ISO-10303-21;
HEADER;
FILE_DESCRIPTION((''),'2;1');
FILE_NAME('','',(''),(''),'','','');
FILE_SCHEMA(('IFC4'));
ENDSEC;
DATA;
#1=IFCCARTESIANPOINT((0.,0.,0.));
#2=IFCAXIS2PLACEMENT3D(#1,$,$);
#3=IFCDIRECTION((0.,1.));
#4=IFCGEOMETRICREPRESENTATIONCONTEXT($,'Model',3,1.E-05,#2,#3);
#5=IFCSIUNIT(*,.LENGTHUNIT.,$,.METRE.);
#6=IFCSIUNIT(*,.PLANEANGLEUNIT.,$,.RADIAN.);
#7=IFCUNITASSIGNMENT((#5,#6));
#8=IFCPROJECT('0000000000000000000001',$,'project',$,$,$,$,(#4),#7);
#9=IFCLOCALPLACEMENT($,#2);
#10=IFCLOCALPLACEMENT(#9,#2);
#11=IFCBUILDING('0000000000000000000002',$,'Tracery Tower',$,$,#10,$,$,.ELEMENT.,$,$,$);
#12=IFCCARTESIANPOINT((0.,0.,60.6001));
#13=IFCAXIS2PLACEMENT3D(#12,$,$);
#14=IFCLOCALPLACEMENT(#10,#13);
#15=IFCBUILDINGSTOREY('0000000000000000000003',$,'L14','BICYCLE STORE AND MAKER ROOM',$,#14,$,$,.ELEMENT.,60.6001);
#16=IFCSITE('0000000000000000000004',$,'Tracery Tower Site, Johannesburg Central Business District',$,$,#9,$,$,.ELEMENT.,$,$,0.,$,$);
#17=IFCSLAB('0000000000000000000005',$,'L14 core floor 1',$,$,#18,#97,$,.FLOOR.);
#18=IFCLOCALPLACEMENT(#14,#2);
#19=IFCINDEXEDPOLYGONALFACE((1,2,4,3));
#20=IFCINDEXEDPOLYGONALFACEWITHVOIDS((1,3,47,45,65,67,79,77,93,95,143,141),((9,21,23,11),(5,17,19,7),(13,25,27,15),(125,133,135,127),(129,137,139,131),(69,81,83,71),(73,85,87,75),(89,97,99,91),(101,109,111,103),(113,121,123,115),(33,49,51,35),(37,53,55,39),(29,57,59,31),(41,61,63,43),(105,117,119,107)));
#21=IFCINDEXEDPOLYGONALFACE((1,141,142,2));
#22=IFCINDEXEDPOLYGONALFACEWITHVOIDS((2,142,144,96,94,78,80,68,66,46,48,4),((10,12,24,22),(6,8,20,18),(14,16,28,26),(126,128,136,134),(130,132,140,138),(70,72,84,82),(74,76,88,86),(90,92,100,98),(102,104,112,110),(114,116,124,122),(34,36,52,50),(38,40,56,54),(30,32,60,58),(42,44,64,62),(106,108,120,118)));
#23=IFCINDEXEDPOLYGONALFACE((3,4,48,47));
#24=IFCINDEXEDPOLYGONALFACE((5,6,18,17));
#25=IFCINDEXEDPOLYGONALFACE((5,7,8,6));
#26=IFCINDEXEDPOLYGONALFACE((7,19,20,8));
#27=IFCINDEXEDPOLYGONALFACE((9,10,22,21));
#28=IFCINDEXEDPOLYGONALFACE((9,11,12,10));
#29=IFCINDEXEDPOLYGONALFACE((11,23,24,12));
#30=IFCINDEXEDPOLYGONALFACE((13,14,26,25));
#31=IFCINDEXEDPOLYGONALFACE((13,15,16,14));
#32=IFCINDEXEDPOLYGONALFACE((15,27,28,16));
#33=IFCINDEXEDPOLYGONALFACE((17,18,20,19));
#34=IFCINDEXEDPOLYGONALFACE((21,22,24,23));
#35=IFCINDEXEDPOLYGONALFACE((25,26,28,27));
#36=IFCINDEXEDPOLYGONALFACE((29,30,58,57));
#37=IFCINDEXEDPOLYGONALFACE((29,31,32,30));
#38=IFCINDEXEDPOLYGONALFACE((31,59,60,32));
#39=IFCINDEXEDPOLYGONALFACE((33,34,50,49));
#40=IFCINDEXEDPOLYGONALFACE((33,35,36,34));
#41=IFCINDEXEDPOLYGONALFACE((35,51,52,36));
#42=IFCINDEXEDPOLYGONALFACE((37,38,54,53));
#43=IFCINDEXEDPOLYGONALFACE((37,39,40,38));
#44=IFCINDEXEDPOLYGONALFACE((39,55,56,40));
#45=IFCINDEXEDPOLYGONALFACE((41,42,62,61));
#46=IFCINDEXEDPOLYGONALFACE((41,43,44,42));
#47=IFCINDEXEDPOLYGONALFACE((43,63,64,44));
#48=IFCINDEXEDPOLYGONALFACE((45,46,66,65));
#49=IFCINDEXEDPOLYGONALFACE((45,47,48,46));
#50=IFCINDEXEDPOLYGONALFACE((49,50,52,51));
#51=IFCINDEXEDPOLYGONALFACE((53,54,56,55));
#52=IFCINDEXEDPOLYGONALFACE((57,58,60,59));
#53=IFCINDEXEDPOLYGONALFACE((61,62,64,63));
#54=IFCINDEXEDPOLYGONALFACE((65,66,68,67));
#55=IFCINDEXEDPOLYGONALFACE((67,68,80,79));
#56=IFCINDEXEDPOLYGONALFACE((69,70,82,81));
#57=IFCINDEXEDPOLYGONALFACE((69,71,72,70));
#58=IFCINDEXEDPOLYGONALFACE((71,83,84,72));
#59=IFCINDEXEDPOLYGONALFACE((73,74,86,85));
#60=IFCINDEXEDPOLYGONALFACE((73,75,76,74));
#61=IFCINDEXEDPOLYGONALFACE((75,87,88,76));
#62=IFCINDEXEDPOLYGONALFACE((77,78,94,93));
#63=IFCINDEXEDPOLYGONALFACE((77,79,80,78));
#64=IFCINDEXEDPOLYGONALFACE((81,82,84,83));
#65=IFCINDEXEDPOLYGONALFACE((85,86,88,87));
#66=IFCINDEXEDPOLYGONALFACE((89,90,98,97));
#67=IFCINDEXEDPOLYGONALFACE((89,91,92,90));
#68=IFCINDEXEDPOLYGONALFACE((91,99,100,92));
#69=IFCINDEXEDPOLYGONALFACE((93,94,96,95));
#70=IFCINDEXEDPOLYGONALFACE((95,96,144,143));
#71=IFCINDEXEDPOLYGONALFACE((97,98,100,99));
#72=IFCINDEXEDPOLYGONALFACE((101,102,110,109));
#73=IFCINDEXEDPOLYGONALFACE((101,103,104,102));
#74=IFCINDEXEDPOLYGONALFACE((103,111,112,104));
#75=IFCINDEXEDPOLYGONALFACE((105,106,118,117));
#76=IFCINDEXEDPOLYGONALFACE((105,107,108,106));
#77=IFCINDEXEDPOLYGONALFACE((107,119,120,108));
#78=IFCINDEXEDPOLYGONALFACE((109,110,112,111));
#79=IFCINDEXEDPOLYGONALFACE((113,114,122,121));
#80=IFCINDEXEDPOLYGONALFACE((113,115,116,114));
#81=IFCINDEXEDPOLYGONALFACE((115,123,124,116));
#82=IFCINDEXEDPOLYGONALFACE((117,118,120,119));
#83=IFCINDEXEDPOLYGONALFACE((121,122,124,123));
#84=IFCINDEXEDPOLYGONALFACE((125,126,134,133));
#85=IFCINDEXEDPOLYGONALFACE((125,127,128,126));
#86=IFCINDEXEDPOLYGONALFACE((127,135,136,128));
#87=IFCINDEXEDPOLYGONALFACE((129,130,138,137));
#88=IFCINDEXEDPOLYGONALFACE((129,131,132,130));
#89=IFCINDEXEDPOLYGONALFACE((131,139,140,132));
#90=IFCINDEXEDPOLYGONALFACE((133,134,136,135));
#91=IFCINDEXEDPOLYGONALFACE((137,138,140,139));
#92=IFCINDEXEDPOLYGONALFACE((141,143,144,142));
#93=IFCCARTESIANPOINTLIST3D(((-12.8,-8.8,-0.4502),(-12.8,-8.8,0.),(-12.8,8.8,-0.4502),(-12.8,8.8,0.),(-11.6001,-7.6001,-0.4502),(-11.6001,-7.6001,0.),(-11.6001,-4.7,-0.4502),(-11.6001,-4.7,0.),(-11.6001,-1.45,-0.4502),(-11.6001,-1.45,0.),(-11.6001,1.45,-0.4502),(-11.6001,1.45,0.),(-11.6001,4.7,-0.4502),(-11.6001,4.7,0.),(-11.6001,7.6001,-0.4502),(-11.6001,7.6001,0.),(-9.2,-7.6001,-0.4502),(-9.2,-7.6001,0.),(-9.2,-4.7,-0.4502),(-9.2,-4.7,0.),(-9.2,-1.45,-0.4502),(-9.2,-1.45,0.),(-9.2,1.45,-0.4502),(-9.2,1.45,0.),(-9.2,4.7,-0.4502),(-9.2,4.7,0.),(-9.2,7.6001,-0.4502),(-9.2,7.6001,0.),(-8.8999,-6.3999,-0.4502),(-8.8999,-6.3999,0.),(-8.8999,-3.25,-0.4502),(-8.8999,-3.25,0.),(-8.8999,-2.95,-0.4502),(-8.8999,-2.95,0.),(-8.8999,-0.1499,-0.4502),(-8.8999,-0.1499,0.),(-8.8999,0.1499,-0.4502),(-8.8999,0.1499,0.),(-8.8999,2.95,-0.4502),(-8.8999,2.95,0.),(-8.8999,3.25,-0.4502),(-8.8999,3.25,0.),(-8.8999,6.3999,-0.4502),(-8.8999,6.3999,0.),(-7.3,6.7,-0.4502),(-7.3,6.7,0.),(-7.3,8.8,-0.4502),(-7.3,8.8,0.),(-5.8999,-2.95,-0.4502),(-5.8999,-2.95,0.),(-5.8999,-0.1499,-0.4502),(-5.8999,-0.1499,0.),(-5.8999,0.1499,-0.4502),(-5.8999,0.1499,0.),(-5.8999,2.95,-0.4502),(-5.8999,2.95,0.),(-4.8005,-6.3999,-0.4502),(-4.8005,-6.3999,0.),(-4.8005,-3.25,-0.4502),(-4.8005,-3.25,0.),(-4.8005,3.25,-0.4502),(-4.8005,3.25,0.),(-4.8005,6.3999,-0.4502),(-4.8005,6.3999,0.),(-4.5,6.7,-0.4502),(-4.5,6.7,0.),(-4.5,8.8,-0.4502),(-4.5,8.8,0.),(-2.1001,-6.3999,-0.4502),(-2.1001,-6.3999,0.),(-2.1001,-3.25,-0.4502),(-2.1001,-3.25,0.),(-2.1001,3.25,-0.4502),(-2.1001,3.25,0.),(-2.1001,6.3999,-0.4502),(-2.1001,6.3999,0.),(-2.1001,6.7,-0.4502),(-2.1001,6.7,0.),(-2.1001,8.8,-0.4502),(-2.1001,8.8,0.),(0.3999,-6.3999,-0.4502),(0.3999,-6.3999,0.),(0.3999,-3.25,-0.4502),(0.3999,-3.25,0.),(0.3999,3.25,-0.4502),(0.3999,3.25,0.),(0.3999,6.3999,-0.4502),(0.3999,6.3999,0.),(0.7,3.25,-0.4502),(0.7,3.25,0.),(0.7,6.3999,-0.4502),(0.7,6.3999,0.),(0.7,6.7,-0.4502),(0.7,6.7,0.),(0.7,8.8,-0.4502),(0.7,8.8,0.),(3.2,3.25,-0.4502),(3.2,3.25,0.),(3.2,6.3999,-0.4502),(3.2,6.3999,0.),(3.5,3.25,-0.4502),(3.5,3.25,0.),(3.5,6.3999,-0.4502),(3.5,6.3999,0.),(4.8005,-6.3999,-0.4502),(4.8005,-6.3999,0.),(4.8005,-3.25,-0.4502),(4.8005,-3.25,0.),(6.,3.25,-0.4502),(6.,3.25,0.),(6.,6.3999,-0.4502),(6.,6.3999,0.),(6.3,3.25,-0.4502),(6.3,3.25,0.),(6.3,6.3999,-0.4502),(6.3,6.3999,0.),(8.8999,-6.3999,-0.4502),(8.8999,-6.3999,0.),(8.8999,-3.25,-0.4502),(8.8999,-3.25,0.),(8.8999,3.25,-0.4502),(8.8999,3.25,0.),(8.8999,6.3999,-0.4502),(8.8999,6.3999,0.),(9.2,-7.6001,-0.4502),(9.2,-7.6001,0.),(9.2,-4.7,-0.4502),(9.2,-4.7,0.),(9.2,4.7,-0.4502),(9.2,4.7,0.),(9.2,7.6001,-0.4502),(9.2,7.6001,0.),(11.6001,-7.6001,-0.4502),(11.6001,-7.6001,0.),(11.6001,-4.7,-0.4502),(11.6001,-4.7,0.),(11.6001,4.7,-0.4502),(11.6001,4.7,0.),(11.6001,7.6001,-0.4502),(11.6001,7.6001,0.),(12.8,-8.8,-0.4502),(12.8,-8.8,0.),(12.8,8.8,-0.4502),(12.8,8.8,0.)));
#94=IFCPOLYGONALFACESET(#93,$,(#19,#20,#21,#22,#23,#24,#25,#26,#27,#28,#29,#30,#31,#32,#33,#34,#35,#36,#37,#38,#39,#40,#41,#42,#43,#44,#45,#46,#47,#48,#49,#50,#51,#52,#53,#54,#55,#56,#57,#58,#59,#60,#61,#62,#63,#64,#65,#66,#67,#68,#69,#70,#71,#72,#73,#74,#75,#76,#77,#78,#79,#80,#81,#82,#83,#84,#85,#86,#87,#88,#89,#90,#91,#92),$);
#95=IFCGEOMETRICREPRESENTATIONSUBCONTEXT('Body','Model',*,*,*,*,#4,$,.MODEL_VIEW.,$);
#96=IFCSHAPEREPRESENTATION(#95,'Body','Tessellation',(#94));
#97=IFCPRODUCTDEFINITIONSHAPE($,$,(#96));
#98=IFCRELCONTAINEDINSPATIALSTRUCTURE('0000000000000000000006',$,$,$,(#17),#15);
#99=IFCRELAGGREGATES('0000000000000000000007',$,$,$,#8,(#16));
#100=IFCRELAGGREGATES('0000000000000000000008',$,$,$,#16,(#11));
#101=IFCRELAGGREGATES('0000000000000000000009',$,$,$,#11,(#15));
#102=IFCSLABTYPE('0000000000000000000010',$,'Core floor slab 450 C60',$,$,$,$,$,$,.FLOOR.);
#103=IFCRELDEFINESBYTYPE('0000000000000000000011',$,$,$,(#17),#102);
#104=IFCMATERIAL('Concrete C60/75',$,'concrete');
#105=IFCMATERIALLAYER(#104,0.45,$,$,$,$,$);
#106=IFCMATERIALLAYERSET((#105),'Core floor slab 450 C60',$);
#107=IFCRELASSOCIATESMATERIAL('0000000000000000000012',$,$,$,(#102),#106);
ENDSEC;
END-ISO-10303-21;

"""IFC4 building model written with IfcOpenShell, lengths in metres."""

from ifc_helpers import new_model, si_unit, direction, frame, origin, place, context, subcontext, project, spatial, polyline, outline, extrude, material, layer, layer_set, type_object, element, save


model = new_model("IFC4")

# Units and contexts
model_context = context("Model", 3, precision=1e-05, world=origin(), true_north=direction((0.0, 1.0)))
body_context = subcontext(model_context, "Body", "Model", "MODEL_VIEW")
ifc_project = project(units=[si_unit("LENGTHUNIT", "METRE"), si_unit("PLANEANGLEUNIT", "RADIAN")], contexts=[model_context])

# Site, building, storey
site_placement = place(None, origin())
site = spatial("IfcSite", under=ifc_project, at=site_placement, Name="Tracery Tower Site, Johannesburg Central Business District", CompositionType="ELEMENT", RefElevation=0.0)
building_placement = place(site_placement, origin())
building = spatial("IfcBuilding", under=site, at=building_placement, Name="Tracery Tower", CompositionType="ELEMENT")
storey_placement = place(building_placement, frame((0.0, 0.0, 60.6001)))
storey = spatial("IfcBuildingStorey", under=building, at=storey_placement, Name="L14", Description="BICYCLE STORE AND MAKER ROOM", CompositionType="ELEMENT", Elevation=60.6001)

# Slab
ifc_material_1 = material(Name="Concrete C60/75", Category="concrete")
ifc_layer_1 = layer(ifc_material_1, 0.45)
ifc_layer_set_1 = layer_set([ifc_layer_1], Name="Core floor slab 450 C60")
slab_type_1 = type_object("IfcSlabType", Name="Core floor slab 450 C60", PredefinedType="FLOOR", material=ifc_layer_set_1)
slab_1_placement = place(storey_placement, frame((0.0, 0.0, -0.4502)))
element("IfcSlab", 1, at=slab_1_placement, inside=storey, type_object=slab_type_1, Name="L14 core floor 1", PredefinedType="FLOOR", context=body_context, shape_type="SweptSolid", body=[
    extrude(outline(polyline([(-12.8, 8.8), (-7.3, 8.8), (-7.3, 6.7), (-4.5, 6.7), (-4.5, 8.8), (-2.1001, 8.8), (-2.1001, 6.7), (0.7, 6.7), (0.7, 8.8), (12.8, 8.8), (12.8, -8.8), (-12.8, -8.8), (-12.8, 8.8)]), holes=[polyline([(11.6001, -7.6001), (11.6001, -4.7), (9.2, -4.7), (9.2, -7.6001), (11.6001, -7.6001)]), polyline([(11.6001, 4.7), (11.6001, 7.6001), (9.2, 7.6001), (9.2, 4.7), (11.6001, 4.7)]), polyline([(4.8005, -3.25), (4.8005, -6.3999), (8.8999, -6.3999), (8.8999, -3.25), (4.8005, -3.25)]), polyline([(6.3, 3.25), (8.8999, 3.25), (8.8999, 6.3999), (6.3, 6.3999), (6.3, 3.25)]), polyline([(3.5, 3.25), (6.0, 3.25), (6.0, 6.3999), (3.5, 6.3999), (3.5, 3.25)]), polyline([(3.2, 3.25), (3.2, 6.3999), (0.7, 6.3999), (0.7, 3.25), (3.2, 3.25)]), polyline([(-2.1001, 3.25), (0.3999, 3.25), (0.3999, 6.3999), (-2.1001, 6.3999), (-2.1001, 3.25)]), polyline([(0.3999, -6.3999), (0.3999, -3.25), (-2.1001, -3.25), (-2.1001, -6.3999), (0.3999, -6.3999)]), polyline([(-4.8005, -3.25), (-8.8999, -3.25), (-8.8999, -6.3999), (-4.8005, -6.3999), (-4.8005, -3.25)]), polyline([(-4.8005, 6.3999), (-8.8999, 6.3999), (-8.8999, 3.25), (-4.8005, 3.25), (-4.8005, 6.3999)]), polyline([(-8.8999, -2.95), (-5.8999, -2.95), (-5.8999, -0.1499), (-8.8999, -0.1499), (-8.8999, -2.95)]), polyline([(-5.8999, 0.1499), (-5.8999, 2.95), (-8.8999, 2.95), (-8.8999, 0.1499), (-5.8999, 0.1499)]), polyline([(-11.6001, 4.7), (-9.2, 4.7), (-9.2, 7.6001), (-11.6001, 7.6001), (-11.6001, 4.7)]), polyline([(-9.2, -7.6001), (-9.2, -4.7), (-11.6001, -4.7), (-11.6001, -7.6001), (-9.2, -7.6001)]), polyline([(-9.2, -1.45), (-9.2, 1.45), (-11.6001, 1.45), (-11.6001, -1.45), (-9.2, -1.45)])]), origin(), (0.0, 0.0, 1.0), 0.4502),
])

save(model, "model.ifc")
